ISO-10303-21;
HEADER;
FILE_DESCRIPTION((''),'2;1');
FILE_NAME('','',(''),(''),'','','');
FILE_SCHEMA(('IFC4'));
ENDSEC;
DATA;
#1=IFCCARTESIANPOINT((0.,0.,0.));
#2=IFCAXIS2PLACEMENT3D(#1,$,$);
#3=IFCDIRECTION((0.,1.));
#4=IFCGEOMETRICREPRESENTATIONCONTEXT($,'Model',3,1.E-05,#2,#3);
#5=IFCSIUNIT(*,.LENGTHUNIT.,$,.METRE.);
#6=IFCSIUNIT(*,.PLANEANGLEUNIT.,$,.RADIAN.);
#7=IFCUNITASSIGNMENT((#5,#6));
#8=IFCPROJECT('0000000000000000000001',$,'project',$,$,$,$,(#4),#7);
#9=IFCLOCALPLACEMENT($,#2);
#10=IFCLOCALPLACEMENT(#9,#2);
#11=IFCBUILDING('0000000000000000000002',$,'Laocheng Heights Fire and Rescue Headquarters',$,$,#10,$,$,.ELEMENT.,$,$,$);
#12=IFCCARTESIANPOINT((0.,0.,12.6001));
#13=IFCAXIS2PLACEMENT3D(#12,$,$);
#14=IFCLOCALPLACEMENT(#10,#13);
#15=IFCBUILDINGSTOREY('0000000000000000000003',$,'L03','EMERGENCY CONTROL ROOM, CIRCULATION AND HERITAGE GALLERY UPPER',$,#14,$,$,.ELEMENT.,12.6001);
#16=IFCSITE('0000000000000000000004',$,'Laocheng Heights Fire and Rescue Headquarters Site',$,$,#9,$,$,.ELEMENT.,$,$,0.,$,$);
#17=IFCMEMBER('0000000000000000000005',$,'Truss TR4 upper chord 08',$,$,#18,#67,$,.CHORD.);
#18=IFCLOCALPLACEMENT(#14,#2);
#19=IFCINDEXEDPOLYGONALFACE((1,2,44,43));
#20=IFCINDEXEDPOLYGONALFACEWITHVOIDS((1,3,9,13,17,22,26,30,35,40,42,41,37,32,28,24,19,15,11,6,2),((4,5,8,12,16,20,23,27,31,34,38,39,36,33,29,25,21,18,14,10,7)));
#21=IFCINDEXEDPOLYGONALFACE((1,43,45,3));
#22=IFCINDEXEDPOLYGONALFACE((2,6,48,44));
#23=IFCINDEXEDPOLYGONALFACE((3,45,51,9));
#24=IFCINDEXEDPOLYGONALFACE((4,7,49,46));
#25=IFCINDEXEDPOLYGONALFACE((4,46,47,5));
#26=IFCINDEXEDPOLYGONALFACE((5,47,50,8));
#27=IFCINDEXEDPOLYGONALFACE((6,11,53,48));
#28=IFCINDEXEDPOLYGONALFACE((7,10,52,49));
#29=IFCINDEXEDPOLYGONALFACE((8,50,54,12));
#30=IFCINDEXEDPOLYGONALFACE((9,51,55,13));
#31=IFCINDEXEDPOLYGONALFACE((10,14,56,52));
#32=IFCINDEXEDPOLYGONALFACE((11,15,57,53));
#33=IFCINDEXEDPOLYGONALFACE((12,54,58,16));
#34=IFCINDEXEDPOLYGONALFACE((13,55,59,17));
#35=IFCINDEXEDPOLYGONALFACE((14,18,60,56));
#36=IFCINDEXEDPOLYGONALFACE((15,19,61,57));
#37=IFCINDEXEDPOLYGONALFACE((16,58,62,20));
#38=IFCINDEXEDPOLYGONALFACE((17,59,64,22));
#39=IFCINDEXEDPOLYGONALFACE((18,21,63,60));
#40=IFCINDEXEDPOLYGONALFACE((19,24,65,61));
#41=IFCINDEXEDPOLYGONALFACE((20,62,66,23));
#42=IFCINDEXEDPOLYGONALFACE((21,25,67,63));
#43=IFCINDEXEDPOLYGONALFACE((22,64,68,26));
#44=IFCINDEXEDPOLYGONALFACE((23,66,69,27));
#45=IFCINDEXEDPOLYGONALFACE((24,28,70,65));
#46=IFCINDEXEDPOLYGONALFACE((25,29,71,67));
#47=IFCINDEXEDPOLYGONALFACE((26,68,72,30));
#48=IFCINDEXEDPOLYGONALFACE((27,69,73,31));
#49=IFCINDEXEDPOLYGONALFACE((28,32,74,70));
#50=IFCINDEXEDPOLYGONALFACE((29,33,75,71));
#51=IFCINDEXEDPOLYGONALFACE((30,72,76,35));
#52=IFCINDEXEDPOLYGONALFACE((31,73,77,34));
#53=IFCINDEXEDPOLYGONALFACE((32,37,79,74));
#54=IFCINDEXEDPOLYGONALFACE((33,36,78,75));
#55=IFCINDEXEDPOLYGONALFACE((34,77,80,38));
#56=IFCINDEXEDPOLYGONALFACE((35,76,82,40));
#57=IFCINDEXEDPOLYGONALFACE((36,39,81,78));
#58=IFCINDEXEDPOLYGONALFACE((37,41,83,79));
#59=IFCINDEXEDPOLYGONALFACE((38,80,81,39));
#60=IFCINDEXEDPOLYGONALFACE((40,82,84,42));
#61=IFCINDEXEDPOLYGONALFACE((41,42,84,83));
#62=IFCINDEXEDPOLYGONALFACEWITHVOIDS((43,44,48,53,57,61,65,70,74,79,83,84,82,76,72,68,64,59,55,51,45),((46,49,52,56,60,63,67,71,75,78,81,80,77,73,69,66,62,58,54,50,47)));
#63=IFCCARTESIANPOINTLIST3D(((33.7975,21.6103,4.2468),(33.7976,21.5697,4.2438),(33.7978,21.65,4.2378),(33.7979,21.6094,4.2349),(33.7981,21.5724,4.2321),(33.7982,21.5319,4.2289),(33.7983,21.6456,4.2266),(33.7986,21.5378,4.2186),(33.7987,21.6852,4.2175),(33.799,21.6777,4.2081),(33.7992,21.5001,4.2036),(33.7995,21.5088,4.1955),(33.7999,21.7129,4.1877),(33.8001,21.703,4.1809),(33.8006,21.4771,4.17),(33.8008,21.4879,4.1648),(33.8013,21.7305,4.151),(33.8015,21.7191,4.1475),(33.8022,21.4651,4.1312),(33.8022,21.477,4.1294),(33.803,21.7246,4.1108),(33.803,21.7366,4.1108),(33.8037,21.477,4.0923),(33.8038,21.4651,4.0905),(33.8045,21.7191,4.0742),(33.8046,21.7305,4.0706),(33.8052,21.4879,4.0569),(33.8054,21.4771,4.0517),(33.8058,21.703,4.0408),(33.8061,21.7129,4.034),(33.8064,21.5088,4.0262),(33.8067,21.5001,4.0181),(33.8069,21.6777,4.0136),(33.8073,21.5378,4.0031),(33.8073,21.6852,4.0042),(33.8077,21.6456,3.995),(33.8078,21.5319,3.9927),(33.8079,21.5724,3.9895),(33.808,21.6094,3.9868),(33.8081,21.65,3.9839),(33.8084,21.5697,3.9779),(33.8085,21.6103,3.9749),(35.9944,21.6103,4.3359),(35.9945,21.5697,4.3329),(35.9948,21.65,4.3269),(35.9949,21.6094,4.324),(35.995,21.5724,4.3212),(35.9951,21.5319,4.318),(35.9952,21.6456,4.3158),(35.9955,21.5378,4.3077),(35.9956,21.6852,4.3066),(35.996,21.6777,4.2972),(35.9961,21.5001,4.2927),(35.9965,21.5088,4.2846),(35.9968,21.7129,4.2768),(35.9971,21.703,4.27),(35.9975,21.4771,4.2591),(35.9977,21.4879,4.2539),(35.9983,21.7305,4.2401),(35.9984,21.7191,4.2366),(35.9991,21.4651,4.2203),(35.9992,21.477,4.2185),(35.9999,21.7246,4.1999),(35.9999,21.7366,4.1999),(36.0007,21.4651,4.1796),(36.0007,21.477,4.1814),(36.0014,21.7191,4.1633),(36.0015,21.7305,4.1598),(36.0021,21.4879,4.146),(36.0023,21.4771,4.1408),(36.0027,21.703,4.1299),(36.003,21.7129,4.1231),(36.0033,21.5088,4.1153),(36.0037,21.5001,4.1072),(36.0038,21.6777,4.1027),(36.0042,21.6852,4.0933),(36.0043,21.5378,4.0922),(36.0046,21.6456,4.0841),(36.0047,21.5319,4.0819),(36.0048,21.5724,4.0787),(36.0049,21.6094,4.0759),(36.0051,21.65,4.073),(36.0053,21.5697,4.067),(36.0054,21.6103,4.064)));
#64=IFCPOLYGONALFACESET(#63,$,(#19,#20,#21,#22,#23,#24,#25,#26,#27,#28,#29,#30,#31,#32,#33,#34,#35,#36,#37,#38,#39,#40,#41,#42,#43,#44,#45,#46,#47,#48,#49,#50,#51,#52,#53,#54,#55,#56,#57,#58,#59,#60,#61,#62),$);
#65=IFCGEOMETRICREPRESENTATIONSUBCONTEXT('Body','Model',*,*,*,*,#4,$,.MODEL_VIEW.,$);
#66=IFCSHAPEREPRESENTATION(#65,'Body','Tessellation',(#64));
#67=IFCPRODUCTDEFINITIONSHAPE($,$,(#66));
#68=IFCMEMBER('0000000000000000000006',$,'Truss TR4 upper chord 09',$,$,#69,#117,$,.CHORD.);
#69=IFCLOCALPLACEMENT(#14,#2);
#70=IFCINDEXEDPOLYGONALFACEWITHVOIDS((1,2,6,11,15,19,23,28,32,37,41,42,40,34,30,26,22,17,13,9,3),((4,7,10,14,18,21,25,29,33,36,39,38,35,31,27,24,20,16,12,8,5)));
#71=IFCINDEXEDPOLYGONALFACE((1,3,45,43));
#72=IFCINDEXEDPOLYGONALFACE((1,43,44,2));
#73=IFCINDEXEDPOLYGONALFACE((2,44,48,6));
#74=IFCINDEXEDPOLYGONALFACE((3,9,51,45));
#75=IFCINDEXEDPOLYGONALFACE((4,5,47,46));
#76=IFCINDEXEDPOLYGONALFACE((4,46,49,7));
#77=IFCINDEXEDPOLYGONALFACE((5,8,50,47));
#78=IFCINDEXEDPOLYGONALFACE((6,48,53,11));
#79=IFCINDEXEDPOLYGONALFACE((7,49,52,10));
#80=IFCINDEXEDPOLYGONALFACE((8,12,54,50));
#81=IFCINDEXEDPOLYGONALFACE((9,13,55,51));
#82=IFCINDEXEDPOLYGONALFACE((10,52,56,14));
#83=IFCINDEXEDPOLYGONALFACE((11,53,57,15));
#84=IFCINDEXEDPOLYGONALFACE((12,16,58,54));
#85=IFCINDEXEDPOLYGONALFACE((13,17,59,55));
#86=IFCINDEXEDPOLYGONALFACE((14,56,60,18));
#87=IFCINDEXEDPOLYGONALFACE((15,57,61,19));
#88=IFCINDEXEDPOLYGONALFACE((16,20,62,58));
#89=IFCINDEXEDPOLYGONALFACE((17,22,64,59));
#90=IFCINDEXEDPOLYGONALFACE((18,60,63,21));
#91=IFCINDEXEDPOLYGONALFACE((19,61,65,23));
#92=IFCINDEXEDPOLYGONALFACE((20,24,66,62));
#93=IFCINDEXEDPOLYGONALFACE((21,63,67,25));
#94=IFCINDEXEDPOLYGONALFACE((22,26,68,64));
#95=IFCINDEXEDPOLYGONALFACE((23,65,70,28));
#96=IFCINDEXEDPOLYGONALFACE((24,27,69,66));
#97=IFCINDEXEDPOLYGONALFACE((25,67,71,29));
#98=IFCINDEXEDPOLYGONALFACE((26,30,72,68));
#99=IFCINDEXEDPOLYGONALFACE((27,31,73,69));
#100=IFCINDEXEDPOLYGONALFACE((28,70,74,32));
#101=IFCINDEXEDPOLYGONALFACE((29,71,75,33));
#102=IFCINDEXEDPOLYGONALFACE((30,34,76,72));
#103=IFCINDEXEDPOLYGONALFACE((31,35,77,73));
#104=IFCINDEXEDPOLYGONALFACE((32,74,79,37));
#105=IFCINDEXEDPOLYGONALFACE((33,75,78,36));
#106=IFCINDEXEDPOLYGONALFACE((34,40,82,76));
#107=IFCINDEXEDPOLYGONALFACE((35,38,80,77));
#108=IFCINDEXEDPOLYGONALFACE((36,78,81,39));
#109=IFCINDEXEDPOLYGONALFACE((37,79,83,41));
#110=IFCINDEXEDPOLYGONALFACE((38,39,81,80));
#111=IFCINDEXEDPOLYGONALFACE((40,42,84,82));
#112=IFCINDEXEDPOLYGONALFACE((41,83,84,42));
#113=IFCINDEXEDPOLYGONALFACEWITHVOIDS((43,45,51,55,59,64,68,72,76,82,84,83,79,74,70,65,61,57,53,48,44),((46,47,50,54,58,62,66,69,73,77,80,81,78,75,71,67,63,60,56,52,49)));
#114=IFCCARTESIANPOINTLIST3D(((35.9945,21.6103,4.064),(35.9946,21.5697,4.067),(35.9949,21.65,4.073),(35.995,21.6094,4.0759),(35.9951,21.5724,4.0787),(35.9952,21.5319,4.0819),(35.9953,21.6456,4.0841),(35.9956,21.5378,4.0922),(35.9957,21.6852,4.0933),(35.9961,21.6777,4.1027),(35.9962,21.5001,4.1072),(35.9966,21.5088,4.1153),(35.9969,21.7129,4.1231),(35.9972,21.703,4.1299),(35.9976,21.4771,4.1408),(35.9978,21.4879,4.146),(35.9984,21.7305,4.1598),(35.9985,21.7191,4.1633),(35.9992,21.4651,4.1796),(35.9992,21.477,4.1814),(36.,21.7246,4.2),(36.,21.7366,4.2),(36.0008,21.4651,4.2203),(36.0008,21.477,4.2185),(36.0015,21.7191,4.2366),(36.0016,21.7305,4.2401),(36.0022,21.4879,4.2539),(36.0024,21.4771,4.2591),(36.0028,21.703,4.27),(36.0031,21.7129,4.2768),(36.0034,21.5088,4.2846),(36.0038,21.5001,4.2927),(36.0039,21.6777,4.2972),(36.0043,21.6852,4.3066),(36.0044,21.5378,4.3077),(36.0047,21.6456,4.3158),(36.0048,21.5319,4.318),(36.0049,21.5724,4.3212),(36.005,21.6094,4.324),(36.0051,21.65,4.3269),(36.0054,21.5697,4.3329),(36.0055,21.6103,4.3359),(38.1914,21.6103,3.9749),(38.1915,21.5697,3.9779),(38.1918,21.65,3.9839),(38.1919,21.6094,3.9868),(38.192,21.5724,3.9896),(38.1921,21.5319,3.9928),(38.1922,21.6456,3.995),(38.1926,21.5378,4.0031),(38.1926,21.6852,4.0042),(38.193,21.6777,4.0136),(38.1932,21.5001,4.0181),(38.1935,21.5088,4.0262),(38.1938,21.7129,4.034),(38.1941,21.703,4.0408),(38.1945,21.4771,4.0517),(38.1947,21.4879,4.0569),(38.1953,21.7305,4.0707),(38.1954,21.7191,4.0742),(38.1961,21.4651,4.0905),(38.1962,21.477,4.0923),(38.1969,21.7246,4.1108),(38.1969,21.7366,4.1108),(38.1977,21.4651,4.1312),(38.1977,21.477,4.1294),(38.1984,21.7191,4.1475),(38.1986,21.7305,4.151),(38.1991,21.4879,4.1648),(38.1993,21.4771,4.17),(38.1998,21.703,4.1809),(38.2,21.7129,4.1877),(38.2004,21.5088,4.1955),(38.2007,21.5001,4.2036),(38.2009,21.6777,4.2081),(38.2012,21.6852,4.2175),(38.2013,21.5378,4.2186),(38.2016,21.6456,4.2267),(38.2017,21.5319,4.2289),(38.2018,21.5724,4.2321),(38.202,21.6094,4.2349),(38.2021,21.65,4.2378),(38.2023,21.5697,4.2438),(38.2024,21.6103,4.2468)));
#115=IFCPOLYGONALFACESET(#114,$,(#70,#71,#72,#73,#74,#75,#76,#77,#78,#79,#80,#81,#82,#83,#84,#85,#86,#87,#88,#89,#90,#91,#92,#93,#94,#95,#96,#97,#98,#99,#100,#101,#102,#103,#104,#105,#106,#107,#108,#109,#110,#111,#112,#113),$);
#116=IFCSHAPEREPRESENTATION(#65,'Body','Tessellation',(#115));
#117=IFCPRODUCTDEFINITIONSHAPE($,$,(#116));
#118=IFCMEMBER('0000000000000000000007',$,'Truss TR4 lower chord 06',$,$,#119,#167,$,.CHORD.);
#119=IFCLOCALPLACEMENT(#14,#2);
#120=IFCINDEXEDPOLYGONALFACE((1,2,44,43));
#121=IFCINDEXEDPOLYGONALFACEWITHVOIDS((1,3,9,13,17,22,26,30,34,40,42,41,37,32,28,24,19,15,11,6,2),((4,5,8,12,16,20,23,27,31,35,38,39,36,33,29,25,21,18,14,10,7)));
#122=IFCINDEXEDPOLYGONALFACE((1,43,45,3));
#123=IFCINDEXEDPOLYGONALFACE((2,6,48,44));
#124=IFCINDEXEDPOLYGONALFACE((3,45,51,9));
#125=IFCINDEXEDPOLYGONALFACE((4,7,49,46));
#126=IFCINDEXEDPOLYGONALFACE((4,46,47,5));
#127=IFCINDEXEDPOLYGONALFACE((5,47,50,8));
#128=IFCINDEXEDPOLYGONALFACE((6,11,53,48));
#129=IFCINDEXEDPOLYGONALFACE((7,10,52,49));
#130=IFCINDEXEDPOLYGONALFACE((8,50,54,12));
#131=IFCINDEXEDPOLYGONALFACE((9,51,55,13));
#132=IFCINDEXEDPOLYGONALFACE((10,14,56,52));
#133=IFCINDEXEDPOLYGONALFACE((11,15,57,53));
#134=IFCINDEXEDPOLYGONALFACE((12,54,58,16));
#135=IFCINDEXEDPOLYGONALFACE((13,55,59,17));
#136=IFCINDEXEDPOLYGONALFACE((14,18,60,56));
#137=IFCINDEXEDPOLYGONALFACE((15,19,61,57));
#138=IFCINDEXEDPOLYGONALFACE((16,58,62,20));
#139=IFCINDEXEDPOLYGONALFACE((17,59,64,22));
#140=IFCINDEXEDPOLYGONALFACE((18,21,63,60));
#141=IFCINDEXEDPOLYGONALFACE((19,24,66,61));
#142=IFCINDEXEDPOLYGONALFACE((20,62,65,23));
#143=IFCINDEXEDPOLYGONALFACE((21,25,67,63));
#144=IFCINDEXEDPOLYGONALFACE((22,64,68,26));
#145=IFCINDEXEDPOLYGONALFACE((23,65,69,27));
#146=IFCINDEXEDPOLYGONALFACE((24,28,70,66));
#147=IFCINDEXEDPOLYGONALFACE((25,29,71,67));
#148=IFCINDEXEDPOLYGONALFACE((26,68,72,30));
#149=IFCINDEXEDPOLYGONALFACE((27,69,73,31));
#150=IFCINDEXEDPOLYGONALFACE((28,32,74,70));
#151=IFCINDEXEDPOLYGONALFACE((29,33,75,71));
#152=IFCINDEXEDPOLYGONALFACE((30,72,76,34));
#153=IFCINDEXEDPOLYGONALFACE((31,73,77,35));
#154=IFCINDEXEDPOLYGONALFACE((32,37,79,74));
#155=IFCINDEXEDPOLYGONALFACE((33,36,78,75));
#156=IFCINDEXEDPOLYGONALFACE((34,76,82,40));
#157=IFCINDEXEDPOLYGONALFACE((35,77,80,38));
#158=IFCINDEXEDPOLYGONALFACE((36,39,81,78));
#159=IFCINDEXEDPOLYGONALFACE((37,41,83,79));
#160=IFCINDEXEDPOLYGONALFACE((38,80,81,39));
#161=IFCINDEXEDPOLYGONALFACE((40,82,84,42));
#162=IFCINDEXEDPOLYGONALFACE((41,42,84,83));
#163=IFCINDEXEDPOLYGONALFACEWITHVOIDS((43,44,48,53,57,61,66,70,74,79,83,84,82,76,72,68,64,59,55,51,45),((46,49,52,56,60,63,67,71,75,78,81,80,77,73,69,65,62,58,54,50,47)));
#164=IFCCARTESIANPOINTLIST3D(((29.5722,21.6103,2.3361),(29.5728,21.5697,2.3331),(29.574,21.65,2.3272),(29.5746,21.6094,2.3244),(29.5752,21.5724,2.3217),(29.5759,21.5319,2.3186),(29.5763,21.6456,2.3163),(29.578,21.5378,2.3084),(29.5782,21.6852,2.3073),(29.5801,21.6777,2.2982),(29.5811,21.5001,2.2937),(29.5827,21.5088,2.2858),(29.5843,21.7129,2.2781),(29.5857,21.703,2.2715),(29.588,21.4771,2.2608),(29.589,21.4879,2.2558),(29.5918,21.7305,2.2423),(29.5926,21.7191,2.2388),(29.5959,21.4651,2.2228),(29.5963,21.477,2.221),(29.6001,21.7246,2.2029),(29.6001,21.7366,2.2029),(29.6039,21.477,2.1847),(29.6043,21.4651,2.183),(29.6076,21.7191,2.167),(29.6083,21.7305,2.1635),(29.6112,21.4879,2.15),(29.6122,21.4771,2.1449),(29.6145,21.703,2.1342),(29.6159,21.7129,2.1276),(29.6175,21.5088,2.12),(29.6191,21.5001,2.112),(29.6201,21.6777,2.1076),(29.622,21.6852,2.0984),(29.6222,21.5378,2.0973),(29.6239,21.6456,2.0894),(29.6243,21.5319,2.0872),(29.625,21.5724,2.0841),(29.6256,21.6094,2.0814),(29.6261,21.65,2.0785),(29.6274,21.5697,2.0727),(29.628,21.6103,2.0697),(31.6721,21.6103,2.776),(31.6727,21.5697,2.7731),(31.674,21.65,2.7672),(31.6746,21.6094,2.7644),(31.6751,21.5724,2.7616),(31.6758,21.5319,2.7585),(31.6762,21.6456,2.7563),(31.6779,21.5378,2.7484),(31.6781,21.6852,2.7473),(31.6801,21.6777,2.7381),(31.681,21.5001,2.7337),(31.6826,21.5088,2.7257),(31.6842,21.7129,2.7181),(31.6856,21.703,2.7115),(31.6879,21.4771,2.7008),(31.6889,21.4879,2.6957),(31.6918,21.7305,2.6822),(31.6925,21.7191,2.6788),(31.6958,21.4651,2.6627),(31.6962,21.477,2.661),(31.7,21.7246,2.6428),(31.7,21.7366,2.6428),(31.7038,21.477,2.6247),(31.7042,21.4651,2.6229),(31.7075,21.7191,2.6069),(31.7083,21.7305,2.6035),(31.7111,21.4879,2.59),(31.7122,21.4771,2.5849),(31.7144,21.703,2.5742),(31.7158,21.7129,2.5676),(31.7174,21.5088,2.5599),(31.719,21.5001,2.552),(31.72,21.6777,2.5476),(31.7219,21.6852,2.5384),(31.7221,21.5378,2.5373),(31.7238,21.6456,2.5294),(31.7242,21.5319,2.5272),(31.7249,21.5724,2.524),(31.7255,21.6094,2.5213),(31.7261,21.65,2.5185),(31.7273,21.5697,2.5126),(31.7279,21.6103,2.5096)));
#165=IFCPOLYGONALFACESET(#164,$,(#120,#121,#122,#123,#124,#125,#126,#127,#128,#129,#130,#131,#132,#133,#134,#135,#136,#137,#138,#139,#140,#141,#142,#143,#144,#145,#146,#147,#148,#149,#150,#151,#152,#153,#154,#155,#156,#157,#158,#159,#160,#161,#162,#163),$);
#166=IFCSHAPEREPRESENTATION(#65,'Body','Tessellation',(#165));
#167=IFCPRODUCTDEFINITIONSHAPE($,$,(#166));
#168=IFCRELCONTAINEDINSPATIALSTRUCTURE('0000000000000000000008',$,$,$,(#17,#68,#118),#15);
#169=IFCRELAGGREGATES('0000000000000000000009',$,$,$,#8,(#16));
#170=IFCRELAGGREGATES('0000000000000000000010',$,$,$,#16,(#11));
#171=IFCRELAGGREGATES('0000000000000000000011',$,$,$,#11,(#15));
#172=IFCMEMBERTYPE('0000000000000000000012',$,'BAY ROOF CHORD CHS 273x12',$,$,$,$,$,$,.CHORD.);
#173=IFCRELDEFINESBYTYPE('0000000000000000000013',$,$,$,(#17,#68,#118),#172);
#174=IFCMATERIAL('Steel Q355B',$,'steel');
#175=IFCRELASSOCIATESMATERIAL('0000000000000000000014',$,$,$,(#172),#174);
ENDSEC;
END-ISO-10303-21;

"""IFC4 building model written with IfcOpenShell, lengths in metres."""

from ifc_helpers import new_model, si_unit, direction, frame, origin, origin_2d, place, context, subcontext, project, spatial, hollow_circle, extrude, material, material_profile, profile_set, type_object, element, save


model = new_model("IFC4")

# Units and contexts
model_context = context("Model", 3, precision=1e-05, world=origin(), true_north=direction((0.0, 1.0)))
body_context = subcontext(model_context, "Body", "Model", "MODEL_VIEW")
ifc_project = project(units=[si_unit("LENGTHUNIT", "METRE"), si_unit("PLANEANGLEUNIT", "RADIAN")], contexts=[model_context])

# Site, building, storey
site_placement = place(None, origin())
site = spatial("IfcSite", under=ifc_project, at=site_placement, Name="Laocheng Heights Fire and Rescue Headquarters Site", CompositionType="ELEMENT", RefElevation=0.0)
building_placement = place(site_placement, origin())
building = spatial("IfcBuilding", under=site, at=building_placement, Name="Laocheng Heights Fire and Rescue Headquarters", CompositionType="ELEMENT")
storey_placement = place(building_placement, frame((0.0, 0.0, 12.6001)))
storey = spatial("IfcBuildingStorey", under=building, at=storey_placement, Name="L03", Description="EMERGENCY CONTROL ROOM, CIRCULATION AND HERITAGE GALLERY UPPER", CompositionType="ELEMENT", Elevation=12.6001)

# Members
ifc_material_1 = material(Name="Steel Q355B", Category="steel")
ifc_material_profile_1 = material_profile(ifc_material_1, hollow_circle(Radius=0.1365, WallThickness=0.012, at=origin_2d()), Name="CHS 273x12")
ifc_profile_set_1 = profile_set([ifc_material_profile_1], Name="Steel Q355B")
member_type_1 = type_object("IfcMemberType", Name="BAY ROOF CHORD CHS 273x12", PredefinedType="CHORD", material=ifc_profile_set_1)
for number, where, z_axis, x_axis, name in (
    (1, (33.803, 21.6001, 4.1108), (0.999178, 0.0, 0.040527), (0.0, 1.0, 0.0), "Truss TR4 upper chord 08"),
    (2, (36.0, 21.6001, 4.2), (0.999178, 0.0, -0.040527), (0.0, 1.0, 0.0), "Truss TR4 upper chord 09"),
):
    element("IfcMember", number, at=place(storey_placement, frame(where, z_axis=z_axis, x_axis=x_axis)), inside=storey, type_object=member_type_1, Name=name, PredefinedType="CHORD", context=body_context, shape_type="SweptSolid", body=[
        extrude(hollow_circle(Radius=0.1365, WallThickness=0.012, at=origin_2d()), origin(), (0.0, 0.0, 1.0), 2.1987),
    ])
member_1_placement = place(storey_placement, frame((29.6001, 21.6001, 2.2029), z_axis=(0.97875, 0.0, 0.205058), x_axis=(0.0, 1.0, 0.0)))
element("IfcMember", 3, at=member_1_placement, inside=storey, type_object=member_type_1, Name="Truss TR4 lower chord 06", PredefinedType="CHORD", context=body_context, shape_type="SweptSolid", body=[
    extrude(hollow_circle(Radius=0.1365, WallThickness=0.012, at=origin_2d()), origin(), (0.0, 0.0, 1.0), 2.1455),
])

save(model, "model.ifc")
